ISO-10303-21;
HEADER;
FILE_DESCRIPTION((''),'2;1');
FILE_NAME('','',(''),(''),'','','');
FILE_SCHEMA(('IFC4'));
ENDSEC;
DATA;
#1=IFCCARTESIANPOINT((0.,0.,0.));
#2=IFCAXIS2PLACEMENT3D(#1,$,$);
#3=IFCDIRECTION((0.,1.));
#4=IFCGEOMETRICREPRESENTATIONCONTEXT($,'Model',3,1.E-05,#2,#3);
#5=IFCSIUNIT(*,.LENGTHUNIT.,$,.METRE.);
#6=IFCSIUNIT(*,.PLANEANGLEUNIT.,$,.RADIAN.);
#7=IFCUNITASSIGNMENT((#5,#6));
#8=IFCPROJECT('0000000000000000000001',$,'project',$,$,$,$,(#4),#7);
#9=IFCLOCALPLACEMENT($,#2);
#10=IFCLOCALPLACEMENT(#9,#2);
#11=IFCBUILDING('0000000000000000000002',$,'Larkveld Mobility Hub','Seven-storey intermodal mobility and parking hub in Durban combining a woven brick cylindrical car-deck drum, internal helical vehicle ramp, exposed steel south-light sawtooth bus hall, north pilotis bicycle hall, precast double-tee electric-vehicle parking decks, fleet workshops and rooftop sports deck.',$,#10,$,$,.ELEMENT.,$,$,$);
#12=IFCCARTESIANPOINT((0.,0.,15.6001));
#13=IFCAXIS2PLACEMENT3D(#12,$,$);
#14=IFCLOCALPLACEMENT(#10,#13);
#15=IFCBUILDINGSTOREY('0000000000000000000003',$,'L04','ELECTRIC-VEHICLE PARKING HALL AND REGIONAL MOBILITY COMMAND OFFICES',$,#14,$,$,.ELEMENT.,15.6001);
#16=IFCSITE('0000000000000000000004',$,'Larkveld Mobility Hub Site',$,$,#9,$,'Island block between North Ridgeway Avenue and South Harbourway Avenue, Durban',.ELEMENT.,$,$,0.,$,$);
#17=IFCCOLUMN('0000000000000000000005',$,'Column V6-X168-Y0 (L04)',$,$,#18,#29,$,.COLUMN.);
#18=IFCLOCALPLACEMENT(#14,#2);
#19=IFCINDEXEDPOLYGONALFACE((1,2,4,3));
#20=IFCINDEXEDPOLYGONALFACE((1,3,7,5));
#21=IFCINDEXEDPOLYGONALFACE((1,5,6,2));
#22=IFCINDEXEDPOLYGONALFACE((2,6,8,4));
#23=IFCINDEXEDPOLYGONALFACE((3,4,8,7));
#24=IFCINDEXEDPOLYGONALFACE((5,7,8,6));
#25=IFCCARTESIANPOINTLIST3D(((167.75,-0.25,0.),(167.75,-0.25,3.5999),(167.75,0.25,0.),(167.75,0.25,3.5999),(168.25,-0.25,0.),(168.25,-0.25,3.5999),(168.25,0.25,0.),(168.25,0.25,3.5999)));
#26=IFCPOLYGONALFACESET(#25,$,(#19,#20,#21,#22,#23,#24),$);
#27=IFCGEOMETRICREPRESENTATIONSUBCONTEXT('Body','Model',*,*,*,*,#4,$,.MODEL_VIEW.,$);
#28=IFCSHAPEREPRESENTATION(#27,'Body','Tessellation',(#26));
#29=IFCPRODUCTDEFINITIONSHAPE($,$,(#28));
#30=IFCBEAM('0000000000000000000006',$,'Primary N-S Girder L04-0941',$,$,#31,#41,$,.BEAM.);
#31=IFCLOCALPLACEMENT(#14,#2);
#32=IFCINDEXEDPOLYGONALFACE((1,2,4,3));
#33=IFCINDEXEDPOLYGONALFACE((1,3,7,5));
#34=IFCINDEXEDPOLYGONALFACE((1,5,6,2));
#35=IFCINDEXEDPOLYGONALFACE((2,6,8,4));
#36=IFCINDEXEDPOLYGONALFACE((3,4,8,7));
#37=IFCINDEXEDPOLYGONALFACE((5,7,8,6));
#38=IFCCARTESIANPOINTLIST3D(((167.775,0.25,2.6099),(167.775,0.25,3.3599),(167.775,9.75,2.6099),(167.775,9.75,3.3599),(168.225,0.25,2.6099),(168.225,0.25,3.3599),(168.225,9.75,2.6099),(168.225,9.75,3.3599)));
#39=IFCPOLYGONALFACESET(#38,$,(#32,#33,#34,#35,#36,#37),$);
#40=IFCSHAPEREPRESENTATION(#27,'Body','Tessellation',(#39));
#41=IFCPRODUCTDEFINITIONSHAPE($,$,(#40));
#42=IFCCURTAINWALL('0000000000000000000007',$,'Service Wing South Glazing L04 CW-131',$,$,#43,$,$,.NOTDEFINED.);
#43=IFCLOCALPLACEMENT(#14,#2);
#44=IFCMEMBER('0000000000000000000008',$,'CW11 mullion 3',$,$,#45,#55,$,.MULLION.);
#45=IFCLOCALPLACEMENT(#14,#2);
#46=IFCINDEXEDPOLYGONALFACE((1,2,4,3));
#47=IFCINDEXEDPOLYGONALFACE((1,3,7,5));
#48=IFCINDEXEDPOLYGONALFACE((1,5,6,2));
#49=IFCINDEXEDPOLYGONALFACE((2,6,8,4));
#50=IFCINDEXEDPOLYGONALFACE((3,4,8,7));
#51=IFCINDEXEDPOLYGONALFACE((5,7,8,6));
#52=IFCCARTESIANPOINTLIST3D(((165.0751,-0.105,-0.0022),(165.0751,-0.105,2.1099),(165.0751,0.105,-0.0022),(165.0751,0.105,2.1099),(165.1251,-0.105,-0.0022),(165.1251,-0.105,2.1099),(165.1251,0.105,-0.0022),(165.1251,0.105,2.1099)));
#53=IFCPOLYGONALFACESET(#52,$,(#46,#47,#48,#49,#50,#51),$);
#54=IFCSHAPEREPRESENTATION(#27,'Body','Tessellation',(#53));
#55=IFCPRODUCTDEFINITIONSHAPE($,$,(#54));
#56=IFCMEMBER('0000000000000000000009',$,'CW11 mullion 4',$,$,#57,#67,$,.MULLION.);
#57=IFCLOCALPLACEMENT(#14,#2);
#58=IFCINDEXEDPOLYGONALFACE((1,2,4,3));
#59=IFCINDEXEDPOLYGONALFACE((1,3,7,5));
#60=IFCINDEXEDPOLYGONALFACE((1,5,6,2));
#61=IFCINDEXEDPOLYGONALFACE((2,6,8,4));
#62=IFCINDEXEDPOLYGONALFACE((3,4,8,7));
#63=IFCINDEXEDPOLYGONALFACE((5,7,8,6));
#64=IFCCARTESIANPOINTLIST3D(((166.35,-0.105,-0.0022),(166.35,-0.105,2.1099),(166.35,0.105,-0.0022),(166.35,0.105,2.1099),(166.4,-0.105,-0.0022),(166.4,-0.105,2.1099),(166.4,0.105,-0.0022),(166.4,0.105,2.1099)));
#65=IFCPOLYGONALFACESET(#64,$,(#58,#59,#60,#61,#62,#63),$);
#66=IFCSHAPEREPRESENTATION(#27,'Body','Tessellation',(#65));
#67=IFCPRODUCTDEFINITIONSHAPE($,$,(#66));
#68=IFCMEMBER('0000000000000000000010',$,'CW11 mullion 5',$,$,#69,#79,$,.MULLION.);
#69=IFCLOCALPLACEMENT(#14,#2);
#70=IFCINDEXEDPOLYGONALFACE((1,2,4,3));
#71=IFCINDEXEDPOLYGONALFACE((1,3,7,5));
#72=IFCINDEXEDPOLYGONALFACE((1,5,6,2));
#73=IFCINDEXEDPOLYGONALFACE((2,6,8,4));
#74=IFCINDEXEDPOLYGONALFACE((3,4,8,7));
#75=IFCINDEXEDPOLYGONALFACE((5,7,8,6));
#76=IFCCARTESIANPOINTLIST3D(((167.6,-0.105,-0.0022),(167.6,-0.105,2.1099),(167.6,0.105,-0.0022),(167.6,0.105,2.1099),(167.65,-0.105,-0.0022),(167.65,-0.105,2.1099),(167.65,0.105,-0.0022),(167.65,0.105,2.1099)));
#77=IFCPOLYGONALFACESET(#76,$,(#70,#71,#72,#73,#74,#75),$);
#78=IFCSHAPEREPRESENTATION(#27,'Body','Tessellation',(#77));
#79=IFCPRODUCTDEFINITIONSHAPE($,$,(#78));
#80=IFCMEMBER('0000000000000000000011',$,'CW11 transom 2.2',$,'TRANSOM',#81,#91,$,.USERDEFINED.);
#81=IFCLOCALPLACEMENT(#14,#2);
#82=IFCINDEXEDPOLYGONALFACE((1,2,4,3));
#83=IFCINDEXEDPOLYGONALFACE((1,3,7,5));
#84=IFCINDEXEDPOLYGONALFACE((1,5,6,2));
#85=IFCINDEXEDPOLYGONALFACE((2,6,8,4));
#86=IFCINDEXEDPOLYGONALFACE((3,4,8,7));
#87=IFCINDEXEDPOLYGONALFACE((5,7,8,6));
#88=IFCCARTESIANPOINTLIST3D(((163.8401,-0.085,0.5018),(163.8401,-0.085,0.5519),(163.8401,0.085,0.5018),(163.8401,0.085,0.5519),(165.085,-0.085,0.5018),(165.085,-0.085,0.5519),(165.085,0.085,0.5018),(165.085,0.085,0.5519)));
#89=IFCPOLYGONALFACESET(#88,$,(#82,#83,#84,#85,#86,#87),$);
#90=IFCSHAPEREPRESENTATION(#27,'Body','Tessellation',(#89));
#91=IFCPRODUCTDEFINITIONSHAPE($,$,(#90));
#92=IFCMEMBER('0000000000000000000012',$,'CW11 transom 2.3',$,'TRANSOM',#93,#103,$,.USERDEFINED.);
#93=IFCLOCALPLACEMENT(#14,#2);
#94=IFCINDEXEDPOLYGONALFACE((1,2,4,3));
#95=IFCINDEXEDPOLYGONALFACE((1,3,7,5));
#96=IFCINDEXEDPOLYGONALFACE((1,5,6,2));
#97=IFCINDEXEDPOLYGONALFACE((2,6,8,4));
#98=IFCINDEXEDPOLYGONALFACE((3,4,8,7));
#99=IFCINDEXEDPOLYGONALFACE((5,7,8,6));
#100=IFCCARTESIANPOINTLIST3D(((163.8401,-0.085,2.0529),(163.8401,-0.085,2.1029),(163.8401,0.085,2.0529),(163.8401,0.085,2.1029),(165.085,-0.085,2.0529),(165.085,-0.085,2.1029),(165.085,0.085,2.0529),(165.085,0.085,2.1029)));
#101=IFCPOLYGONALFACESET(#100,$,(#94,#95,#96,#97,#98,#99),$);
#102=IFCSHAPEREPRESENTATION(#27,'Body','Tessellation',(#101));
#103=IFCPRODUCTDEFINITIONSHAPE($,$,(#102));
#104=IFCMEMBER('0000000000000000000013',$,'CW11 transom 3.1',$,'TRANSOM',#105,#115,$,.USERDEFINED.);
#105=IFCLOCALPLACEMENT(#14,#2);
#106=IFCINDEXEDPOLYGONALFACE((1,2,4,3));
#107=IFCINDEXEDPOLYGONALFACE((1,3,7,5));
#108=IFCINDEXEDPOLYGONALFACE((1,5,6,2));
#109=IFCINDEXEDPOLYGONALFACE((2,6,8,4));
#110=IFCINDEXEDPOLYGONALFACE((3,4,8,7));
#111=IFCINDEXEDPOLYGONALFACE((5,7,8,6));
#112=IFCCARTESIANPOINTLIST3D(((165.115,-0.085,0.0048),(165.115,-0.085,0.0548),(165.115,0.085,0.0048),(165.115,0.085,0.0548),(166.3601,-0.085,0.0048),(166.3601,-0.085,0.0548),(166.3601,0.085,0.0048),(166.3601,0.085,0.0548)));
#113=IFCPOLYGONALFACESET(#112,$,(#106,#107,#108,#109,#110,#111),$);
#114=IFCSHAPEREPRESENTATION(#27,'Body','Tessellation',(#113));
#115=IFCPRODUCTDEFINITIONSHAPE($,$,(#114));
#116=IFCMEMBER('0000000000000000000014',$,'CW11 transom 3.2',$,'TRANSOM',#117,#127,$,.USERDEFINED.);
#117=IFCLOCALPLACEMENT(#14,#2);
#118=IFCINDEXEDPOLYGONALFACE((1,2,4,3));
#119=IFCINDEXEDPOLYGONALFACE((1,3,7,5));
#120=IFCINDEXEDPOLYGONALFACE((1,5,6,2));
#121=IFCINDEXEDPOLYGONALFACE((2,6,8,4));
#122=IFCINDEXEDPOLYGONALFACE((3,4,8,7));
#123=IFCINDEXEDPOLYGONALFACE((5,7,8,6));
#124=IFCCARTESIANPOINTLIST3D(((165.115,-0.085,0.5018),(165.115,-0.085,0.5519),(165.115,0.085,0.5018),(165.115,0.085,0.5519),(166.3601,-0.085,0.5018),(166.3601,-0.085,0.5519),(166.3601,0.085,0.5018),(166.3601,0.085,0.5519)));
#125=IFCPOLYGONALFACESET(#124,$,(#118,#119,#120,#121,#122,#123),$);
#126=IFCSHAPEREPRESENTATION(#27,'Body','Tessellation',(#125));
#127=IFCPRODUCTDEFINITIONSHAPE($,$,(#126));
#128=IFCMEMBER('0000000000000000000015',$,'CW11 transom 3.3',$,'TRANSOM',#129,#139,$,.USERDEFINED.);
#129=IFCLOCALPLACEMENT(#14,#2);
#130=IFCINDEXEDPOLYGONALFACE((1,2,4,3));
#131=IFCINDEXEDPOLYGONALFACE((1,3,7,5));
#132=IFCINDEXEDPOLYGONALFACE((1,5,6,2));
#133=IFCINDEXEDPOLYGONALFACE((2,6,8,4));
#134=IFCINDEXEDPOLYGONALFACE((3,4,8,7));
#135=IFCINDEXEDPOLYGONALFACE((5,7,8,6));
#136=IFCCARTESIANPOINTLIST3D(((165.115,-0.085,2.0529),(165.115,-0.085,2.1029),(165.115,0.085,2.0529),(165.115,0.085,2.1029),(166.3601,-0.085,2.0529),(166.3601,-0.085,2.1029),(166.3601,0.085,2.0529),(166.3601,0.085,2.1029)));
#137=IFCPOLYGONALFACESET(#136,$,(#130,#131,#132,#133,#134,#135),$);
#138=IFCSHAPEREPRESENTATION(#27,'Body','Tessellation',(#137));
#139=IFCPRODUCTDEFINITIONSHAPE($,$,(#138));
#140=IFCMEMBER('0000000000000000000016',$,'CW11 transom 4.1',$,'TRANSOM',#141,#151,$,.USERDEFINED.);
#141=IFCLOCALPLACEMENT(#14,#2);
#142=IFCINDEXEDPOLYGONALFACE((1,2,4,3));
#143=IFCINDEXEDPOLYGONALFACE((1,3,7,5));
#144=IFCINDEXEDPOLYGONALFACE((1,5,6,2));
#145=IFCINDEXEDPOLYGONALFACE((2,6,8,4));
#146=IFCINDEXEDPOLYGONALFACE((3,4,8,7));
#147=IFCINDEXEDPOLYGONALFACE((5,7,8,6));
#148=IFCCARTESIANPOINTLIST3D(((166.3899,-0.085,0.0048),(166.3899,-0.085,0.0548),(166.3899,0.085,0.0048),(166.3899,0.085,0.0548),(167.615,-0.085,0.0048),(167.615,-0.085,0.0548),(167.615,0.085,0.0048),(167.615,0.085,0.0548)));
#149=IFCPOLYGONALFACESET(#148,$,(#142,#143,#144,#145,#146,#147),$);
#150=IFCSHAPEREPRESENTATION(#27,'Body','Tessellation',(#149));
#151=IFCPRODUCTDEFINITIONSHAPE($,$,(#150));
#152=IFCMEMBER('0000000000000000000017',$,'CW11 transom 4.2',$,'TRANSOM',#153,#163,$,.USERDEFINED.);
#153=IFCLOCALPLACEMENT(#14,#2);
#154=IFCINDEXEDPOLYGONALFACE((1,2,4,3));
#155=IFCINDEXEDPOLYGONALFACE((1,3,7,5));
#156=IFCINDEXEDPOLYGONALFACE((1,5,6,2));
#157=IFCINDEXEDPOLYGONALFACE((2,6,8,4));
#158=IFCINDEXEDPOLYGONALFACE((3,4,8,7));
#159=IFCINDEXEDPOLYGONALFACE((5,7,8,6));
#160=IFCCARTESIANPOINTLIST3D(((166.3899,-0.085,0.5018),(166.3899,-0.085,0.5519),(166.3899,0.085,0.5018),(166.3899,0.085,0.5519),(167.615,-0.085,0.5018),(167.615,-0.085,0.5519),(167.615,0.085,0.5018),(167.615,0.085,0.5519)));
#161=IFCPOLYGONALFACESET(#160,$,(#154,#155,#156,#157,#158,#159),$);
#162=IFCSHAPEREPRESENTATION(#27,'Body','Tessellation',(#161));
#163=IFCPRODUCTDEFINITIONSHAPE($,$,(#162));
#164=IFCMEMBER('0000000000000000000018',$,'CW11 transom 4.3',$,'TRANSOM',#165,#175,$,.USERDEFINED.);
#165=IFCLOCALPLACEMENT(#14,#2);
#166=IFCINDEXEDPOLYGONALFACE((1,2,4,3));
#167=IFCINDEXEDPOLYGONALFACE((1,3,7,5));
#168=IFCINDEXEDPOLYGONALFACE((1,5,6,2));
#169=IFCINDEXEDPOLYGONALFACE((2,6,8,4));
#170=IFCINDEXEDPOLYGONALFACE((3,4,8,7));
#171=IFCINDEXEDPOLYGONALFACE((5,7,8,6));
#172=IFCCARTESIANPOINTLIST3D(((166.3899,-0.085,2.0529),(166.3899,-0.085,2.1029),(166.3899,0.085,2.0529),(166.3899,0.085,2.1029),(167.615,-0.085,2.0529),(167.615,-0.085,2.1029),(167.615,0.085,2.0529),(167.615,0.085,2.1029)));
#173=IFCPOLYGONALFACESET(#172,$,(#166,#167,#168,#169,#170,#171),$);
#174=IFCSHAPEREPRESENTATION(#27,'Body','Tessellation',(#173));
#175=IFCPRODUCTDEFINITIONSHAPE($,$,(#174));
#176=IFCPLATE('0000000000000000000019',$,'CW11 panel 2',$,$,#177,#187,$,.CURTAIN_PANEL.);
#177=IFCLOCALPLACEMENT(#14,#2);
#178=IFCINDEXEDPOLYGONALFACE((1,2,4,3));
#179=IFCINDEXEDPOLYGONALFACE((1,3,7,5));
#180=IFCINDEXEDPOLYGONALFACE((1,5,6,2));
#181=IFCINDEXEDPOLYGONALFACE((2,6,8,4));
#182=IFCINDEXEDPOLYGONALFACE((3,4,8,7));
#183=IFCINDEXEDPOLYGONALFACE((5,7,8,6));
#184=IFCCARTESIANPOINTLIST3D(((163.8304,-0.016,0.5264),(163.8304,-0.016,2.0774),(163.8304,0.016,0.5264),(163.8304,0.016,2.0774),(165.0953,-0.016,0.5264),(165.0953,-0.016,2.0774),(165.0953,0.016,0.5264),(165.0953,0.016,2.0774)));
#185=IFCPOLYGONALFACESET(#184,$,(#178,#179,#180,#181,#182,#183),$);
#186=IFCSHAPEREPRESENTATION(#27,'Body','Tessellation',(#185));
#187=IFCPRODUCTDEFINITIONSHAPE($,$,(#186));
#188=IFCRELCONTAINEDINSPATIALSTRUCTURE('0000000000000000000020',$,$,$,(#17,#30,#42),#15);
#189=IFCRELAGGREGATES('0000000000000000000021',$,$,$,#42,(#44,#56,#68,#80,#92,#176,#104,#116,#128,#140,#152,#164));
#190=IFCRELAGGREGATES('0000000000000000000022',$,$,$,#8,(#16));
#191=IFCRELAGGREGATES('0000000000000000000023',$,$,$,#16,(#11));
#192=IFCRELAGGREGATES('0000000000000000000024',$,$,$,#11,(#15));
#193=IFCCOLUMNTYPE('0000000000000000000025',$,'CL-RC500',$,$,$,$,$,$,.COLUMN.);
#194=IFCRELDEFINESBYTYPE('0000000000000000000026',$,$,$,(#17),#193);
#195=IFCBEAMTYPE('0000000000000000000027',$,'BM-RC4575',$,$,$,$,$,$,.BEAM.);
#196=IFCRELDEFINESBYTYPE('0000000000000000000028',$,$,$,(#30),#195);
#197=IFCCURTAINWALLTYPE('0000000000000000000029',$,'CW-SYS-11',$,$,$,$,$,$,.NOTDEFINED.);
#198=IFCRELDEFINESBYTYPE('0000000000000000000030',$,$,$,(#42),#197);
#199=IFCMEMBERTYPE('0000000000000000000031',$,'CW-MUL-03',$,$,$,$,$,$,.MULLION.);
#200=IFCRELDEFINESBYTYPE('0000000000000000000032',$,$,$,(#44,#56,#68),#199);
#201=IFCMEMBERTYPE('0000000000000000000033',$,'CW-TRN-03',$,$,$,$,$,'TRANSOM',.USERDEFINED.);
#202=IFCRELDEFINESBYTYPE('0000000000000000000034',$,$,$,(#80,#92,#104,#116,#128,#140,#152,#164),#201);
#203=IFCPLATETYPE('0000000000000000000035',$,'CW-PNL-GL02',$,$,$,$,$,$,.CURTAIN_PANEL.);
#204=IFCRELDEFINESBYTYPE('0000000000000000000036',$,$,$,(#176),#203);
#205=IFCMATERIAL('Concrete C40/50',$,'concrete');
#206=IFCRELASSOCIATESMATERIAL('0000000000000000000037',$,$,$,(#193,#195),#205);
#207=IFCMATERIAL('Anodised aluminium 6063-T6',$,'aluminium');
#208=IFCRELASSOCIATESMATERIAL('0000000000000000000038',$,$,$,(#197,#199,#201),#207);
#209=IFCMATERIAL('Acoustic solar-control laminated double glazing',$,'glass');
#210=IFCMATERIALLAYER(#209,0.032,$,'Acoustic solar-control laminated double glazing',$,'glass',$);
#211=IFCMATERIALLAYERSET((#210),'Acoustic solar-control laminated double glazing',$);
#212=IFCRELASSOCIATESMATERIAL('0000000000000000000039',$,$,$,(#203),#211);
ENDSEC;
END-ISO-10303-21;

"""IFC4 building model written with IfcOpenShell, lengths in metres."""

from ifc_helpers import new_model, si_unit, direction, frame, origin, origin_2d, place, context, subcontext, project, spatial, rectangle, extrude, material, layer, layer_set, material_profile, profile_set, type_object, element, aggregate, save


model = new_model("IFC4")

# Units and contexts
model_context = context("Model", 3, precision=1e-05, world=origin(), true_north=direction((0.0, 1.0)))
body_context = subcontext(model_context, "Body", "Model", "MODEL_VIEW")
ifc_project = project(units=[si_unit("LENGTHUNIT", "METRE"), si_unit("PLANEANGLEUNIT", "RADIAN")], contexts=[model_context])

# Site, building, storey
site_placement = place(None, origin())
site = spatial("IfcSite", under=ifc_project, at=site_placement, Name="Larkveld Mobility Hub Site", LongName="Island block between North Ridgeway Avenue and South Harbourway Avenue, Durban", CompositionType="ELEMENT", RefElevation=0.0)
building_placement = place(site_placement, origin())
building = spatial("IfcBuilding", under=site, at=building_placement, Name="Larkveld Mobility Hub", Description="Seven-storey intermodal mobility and parking hub in Durban combining a woven brick cylindrical car-deck drum, internal helical vehicle ramp, exposed steel south-light sawtooth bus hall, north pilotis bicycle hall, precast double-tee electric-vehicle parking decks, fleet workshops and rooftop sports deck.", CompositionType="ELEMENT")
storey_placement = place(building_placement, frame((0.0, 0.0, 15.6001)))
storey = spatial("IfcBuildingStorey", under=building, at=storey_placement, Name="L04", Description="ELECTRIC-VEHICLE PARKING HALL AND REGIONAL MOBILITY COMMAND OFFICES", CompositionType="ELEMENT", Elevation=15.6001)

# Column
ifc_material_1 = material(Name="Concrete C40/50", Category="concrete")
ifc_material_profile_1 = material_profile(ifc_material_1, rectangle(XDim=0.5, YDim=0.5, at=origin_2d()), Name="RC COL 500x500")
ifc_profile_set_1 = profile_set([ifc_material_profile_1], Name="Concrete C40/50")
column_type = type_object("IfcColumnType", Name="CL-RC500", PredefinedType="COLUMN", material=ifc_profile_set_1)
column_placement = place(storey_placement, frame((168.0, 0.0, 0.0), z_axis=(0.0, 0.0, 1.0), x_axis=(1.0, 0.0, 0.0)))
element("IfcColumn", 1, at=column_placement, inside=storey, type_object=column_type, Name="Column V6-X168-Y0 (L04)", PredefinedType="COLUMN", context=body_context, shape_type="SweptSolid", body=[
    extrude(rectangle(XDim=0.5, YDim=0.5, at=origin_2d()), origin(), (0.0, 0.0, 1.0), 3.5999),
])

# Beam
ifc_material_profile_2 = material_profile(ifc_material_1, rectangle(XDim=0.45, YDim=0.75, at=origin_2d()), Name="RC BM 450x750")
ifc_profile_set_2 = profile_set([ifc_material_profile_2], Name="Concrete C40/50")
beam_type = type_object("IfcBeamType", Name="BM-RC4575", PredefinedType="BEAM", material=ifc_profile_set_2)
beam_placement = place(storey_placement, frame((168.0, 0.25, 2.9849), z_axis=(0.0, 1.0, 0.0), x_axis=(-1.0, 0.0, 0.0)))
element("IfcBeam", 2, at=beam_placement, inside=storey, type_object=beam_type, Name="Primary N-S Girder L04-0941", PredefinedType="BEAM", context=body_context, shape_type="SweptSolid", body=[
    extrude(rectangle(XDim=0.45, YDim=0.75, at=origin_2d()), origin(), (0.0, 0.0, 1.0), 9.5),
])

# Curtain wall, members, plate
ifc_material_2 = material(Name="Anodised aluminium 6063-T6", Category="aluminium")
curtain_wall_type = type_object("IfcCurtainWallType", Name="CW-SYS-11", PredefinedType="NOTDEFINED", material=ifc_material_2)
curtain_wall_placement = place(storey_placement, origin())
curtain_wall = element("IfcCurtainWall", 3, at=curtain_wall_placement, inside=storey, type_object=curtain_wall_type, Name="Service Wing South Glazing L04 CW-131", PredefinedType="NOTDEFINED")
ifc_material_profile_3 = material_profile(ifc_material_2, rectangle(XDim=0.05, YDim=0.21, at=origin_2d()), Name="ALU MULL 50x210")
ifc_profile_set_3 = profile_set([ifc_material_profile_3], Name="Anodised aluminium 6063-T6")
member_type_1 = type_object("IfcMemberType", Name="CW-MUL-03", PredefinedType="MULLION", material=ifc_profile_set_3)
member_1_placement = place(storey_placement, frame((165.1001, 0.0, -0.0022), z_axis=(0.0, 0.0, 1.0), x_axis=(1.0, 0.0, 0.0)))
member_1 = element("IfcMember", 4, at=member_1_placement, type_object=member_type_1, Name="CW11 mullion 3", PredefinedType="MULLION", context=body_context, shape_type="SweptSolid", body=[
    extrude(rectangle(XDim=0.05, YDim=0.21, at=origin_2d()), origin(), (0.0, 0.0, 1.0), 2.1121),
])
member_2_placement = place(storey_placement, frame((166.375, 0.0, -0.0022), z_axis=(0.0, 0.0, 1.0), x_axis=(1.0, 0.0, 0.0)))
member_2 = element("IfcMember", 5, at=member_2_placement, type_object=member_type_1, Name="CW11 mullion 4", PredefinedType="MULLION", context=body_context, shape_type="SweptSolid", body=[
    extrude(rectangle(XDim=0.05, YDim=0.21, at=origin_2d()), origin(), (0.0, 0.0, 1.0), 2.1121),
])
member_3_placement = place(storey_placement, frame((167.625, 0.0, -0.0022), z_axis=(0.0, 0.0, 1.0), x_axis=(1.0, 0.0, 0.0)))
member_3 = element("IfcMember", 6, at=member_3_placement, type_object=member_type_1, Name="CW11 mullion 5", PredefinedType="MULLION", context=body_context, shape_type="SweptSolid", body=[
    extrude(rectangle(XDim=0.05, YDim=0.21, at=origin_2d()), origin(), (0.0, 0.0, 1.0), 2.1121),
])
ifc_material_profile_4 = material_profile(ifc_material_2, rectangle(XDim=0.1699, YDim=0.05, at=origin_2d()), Name="ALU TRAN 50x170")
ifc_profile_set_4 = profile_set([ifc_material_profile_4], Name="Anodised aluminium 6063-T6")
member_type_2 = type_object("IfcMemberType", Name="CW-TRN-03", ElementType="TRANSOM", PredefinedType="USERDEFINED", material=ifc_profile_set_4)
member_4_placement = place(storey_placement, frame((163.8401, 0.0, 0.5269), z_axis=(1.0, 0.0, 0.0), x_axis=(0.0, 1.0, 0.0)))
member_4 = element("IfcMember", 7, at=member_4_placement, type_object=member_type_2, Name="CW11 transom 2.2", ObjectType="TRANSOM", PredefinedType="USERDEFINED", context=body_context, shape_type="SweptSolid", body=[
    extrude(rectangle(XDim=0.1699, YDim=0.05, at=origin_2d()), origin(), (0.0, 0.0, 1.0), 1.2449),
])
member_5_placement = place(storey_placement, frame((163.8401, 0.0, 2.0779), z_axis=(1.0, 0.0, 0.0), x_axis=(0.0, 1.0, 0.0)))
member_5 = element("IfcMember", 8, at=member_5_placement, type_object=member_type_2, Name="CW11 transom 2.3", ObjectType="TRANSOM", PredefinedType="USERDEFINED", context=body_context, shape_type="SweptSolid", body=[
    extrude(rectangle(XDim=0.1699, YDim=0.05, at=origin_2d()), origin(), (0.0, 0.0, 1.0), 1.2449),
])
member_6_placement = place(storey_placement, frame((165.115, 0.0, 0.0298), z_axis=(1.0, 0.0, 0.0), x_axis=(0.0, 1.0, 0.0)))
member_6 = element("IfcMember", 9, at=member_6_placement, type_object=member_type_2, Name="CW11 transom 3.1", ObjectType="TRANSOM", PredefinedType="USERDEFINED", context=body_context, shape_type="SweptSolid", body=[
    extrude(rectangle(XDim=0.1699, YDim=0.05, at=origin_2d()), origin(), (0.0, 0.0, 1.0), 1.2451),
])
member_7_placement = place(storey_placement, frame((165.115, 0.0, 0.5269), z_axis=(1.0, 0.0, 0.0), x_axis=(0.0, 1.0, 0.0)))
member_7 = element("IfcMember", 10, at=member_7_placement, type_object=member_type_2, Name="CW11 transom 3.2", ObjectType="TRANSOM", PredefinedType="USERDEFINED", context=body_context, shape_type="SweptSolid", body=[
    extrude(rectangle(XDim=0.1699, YDim=0.05, at=origin_2d()), origin(), (0.0, 0.0, 1.0), 1.2451),
])
member_8_placement = place(storey_placement, frame((165.115, 0.0, 2.0779), z_axis=(1.0, 0.0, 0.0), x_axis=(0.0, 1.0, 0.0)))
member_8 = element("IfcMember", 11, at=member_8_placement, type_object=member_type_2, Name="CW11 transom 3.3", ObjectType="TRANSOM", PredefinedType="USERDEFINED", context=body_context, shape_type="SweptSolid", body=[
    extrude(rectangle(XDim=0.1699, YDim=0.05, at=origin_2d()), origin(), (0.0, 0.0, 1.0), 1.2451),
])
member_9_placement = place(storey_placement, frame((166.3899, 0.0, 0.0298), z_axis=(1.0, 0.0, 0.0), x_axis=(0.0, 1.0, 0.0)))
member_9 = element("IfcMember", 12, at=member_9_placement, type_object=member_type_2, Name="CW11 transom 4.1", ObjectType="TRANSOM", PredefinedType="USERDEFINED", context=body_context, shape_type="SweptSolid", body=[
    extrude(rectangle(XDim=0.1699, YDim=0.05, at=origin_2d()), origin(), (0.0, 0.0, 1.0), 1.2251),
])
member_10_placement = place(storey_placement, frame((166.3899, 0.0, 0.5269), z_axis=(1.0, 0.0, 0.0), x_axis=(0.0, 1.0, 0.0)))
member_10 = element("IfcMember", 13, at=member_10_placement, type_object=member_type_2, Name="CW11 transom 4.2", ObjectType="TRANSOM", PredefinedType="USERDEFINED", context=body_context, shape_type="SweptSolid", body=[
    extrude(rectangle(XDim=0.1699, YDim=0.05, at=origin_2d()), origin(), (0.0, 0.0, 1.0), 1.2251),
])
member_11_placement = place(storey_placement, frame((166.3899, 0.0, 2.0779), z_axis=(1.0, 0.0, 0.0), x_axis=(0.0, 1.0, 0.0)))
member_11 = element("IfcMember", 14, at=member_11_placement, type_object=member_type_2, Name="CW11 transom 4.3", ObjectType="TRANSOM", PredefinedType="USERDEFINED", context=body_context, shape_type="SweptSolid", body=[
    extrude(rectangle(XDim=0.1699, YDim=0.05, at=origin_2d()), origin(), (0.0, 0.0, 1.0), 1.2251),
])
ifc_material_3 = material(Name="Acoustic solar-control laminated double glazing", Category="glass")
ifc_layer_1 = layer(ifc_material_3, 0.032, Name="Acoustic solar-control laminated double glazing", Category="glass")
ifc_layer_set_1 = layer_set([ifc_layer_1], Name="Acoustic solar-control laminated double glazing")
plate_type_1 = type_object("IfcPlateType", Name="CW-PNL-GL02", PredefinedType="CURTAIN_PANEL", material=ifc_layer_set_1)
plate_1_placement = place(storey_placement, frame((164.4629, 0.0, 0.5264), z_axis=(0.0, 0.0, 1.0), x_axis=(1.0, 0.0, 0.0)))
plate_1 = element("IfcPlate", 15, at=plate_1_placement, type_object=plate_type_1, Name="CW11 panel 2", PredefinedType="CURTAIN_PANEL", context=body_context, shape_type="SweptSolid", body=[
    extrude(rectangle(XDim=1.2649, YDim=0.032, at=origin_2d()), origin(), (0.0, 0.0, 1.0), 1.551),
])
aggregate(curtain_wall, [member_1, member_2, member_3, member_4, member_5, plate_1, member_6, member_7, member_8, member_9, member_10, member_11])

save(model, "model.ifc")
